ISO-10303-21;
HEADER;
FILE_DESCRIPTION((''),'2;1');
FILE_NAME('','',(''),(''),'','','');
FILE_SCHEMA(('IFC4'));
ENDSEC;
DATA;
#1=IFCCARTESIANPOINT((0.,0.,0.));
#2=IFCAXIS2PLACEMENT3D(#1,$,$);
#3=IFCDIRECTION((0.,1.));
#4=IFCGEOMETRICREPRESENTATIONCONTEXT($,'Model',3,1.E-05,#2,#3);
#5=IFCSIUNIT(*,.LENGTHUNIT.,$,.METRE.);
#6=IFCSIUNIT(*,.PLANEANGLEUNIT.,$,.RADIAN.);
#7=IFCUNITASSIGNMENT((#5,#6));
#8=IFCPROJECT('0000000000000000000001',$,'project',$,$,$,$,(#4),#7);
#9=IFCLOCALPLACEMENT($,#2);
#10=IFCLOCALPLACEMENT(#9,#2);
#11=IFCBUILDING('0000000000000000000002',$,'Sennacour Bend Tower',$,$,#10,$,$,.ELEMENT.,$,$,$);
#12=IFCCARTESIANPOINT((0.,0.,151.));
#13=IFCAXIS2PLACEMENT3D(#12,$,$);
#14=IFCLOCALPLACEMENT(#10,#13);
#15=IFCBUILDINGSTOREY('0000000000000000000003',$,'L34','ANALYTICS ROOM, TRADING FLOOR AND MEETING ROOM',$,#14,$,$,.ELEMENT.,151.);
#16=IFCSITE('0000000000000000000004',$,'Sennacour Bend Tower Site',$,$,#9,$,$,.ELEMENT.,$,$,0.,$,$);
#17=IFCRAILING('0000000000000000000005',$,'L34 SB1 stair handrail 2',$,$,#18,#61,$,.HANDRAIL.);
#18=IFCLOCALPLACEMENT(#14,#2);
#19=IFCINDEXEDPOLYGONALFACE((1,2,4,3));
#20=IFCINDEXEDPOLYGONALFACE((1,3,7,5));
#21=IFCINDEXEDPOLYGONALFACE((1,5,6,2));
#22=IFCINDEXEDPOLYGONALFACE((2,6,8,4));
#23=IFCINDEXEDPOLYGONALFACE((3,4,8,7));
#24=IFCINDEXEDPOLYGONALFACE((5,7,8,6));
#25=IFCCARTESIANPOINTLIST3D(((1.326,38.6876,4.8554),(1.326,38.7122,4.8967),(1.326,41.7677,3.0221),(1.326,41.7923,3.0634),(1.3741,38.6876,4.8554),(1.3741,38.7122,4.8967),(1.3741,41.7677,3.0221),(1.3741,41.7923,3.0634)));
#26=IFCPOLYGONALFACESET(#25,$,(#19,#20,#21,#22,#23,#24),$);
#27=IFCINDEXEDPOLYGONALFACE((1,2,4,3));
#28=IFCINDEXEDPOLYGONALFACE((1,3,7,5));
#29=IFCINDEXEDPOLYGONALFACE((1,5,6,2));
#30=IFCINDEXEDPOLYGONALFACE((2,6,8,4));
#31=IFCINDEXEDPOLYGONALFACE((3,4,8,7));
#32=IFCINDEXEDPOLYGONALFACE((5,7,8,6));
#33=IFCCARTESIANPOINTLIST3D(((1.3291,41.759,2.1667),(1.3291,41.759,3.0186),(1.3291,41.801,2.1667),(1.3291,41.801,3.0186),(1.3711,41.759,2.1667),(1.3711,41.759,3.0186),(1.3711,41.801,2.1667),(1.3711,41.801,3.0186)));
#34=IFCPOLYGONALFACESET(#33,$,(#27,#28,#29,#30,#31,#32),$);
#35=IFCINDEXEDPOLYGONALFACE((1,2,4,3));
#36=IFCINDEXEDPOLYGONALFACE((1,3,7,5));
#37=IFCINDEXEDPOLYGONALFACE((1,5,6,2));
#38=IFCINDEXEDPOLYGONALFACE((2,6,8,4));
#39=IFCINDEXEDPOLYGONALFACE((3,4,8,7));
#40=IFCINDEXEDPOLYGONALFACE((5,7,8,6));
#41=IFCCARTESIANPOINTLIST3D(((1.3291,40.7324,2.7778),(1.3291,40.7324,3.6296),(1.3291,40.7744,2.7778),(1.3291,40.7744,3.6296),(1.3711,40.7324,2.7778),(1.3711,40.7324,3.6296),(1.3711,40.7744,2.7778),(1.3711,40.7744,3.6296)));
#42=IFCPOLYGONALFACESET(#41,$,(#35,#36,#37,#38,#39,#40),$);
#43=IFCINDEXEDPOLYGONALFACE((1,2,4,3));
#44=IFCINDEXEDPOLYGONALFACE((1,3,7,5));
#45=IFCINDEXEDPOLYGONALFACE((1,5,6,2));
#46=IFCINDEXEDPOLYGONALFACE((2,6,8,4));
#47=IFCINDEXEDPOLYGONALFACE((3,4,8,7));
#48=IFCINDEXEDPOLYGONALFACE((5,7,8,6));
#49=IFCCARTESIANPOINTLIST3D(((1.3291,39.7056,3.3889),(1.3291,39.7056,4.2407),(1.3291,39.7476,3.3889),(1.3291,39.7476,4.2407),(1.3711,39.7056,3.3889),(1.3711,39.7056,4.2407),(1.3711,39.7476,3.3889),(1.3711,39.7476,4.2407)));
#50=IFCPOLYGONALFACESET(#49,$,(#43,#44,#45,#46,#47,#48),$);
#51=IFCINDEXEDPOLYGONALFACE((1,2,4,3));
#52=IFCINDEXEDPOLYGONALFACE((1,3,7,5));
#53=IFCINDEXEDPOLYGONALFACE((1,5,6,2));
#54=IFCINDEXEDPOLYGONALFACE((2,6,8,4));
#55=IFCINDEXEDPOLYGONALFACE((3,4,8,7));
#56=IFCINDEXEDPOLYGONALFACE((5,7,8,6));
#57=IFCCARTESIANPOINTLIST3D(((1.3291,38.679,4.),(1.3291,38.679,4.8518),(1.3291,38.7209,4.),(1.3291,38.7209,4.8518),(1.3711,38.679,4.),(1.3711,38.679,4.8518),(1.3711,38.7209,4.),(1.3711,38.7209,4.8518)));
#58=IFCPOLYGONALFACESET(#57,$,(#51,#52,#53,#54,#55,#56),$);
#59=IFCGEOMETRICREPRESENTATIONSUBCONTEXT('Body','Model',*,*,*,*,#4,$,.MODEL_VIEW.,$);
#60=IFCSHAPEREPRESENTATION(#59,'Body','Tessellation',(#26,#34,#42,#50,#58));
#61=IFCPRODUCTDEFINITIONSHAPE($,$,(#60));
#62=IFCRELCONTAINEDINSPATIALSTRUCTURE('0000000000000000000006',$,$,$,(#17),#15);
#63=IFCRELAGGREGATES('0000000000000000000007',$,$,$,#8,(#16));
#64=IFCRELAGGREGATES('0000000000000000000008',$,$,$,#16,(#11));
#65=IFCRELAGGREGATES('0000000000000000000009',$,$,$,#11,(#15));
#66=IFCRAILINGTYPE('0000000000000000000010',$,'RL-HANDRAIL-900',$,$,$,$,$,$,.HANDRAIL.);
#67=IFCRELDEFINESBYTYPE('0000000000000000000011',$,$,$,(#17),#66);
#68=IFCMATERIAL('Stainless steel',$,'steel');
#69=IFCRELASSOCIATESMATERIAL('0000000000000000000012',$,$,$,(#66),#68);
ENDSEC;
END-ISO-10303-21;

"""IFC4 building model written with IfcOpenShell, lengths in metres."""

from ifc_helpers import new_model, si_unit, direction, frame, origin, origin_2d, place, context, subcontext, project, spatial, rectangle, extrude, material, type_object, element, save


model = new_model("IFC4")

# Units and contexts
model_context = context("Model", 3, precision=1e-05, world=origin(), true_north=direction((0.0, 1.0)))
body_context = subcontext(model_context, "Body", "Model", "MODEL_VIEW")
ifc_project = project(units=[si_unit("LENGTHUNIT", "METRE"), si_unit("PLANEANGLEUNIT", "RADIAN")], contexts=[model_context])

# Site, building, storey
site_placement = place(None, origin())
site = spatial("IfcSite", under=ifc_project, at=site_placement, Name="Sennacour Bend Tower Site", CompositionType="ELEMENT", RefElevation=0.0)
building_placement = place(site_placement, origin())
building = spatial("IfcBuilding", under=site, at=building_placement, Name="Sennacour Bend Tower", CompositionType="ELEMENT")
storey_placement = place(building_placement, frame((0.0, 0.0, 151.0)))
storey = spatial("IfcBuildingStorey", under=building, at=storey_placement, Name="L34", Description="ANALYTICS ROOM, TRADING FLOOR AND MEETING ROOM", CompositionType="ELEMENT", Elevation=151.0)

# Shared definitions
ifc_material_1 = material(Name="Stainless steel", Category="steel")

# Railing
railing_type_1 = type_object("IfcRailingType", Name="RL-HANDRAIL-900", PredefinedType="HANDRAIL", material=ifc_material_1)
railing_1_placement = place(storey_placement, frame((1.3501, 41.78, 2.1667)))
element("IfcRailing", 1, at=railing_1_placement, inside=storey, type_object=railing_type_1, Name="L34 SB1 stair handrail 2", PredefinedType="HANDRAIL", context=body_context, shape_type="SweptSolid", body=[
    extrude(rectangle(XDim=0.0481, YDim=0.0481, at=origin_2d()), frame((0.0, 0.0, 0.876), z_axis=(0.0, -0.859309, 0.511458), x_axis=(1.0, 0.0, 0.0)), (0.0, 0.0, 1.0), 3.5845),
    extrude(rectangle(XDim=0.042, YDim=0.042, at=origin_2d()), origin(), (0.0, 0.0, 1.0), 0.8518),
    extrude(rectangle(XDim=0.042, YDim=0.042, at=origin_2d()), frame((0.0, -1.0266, 0.6111)), (0.0, 0.0, 1.0), 0.8518),
    extrude(rectangle(XDim=0.042, YDim=0.042, at=origin_2d()), frame((0.0, -2.0535, 1.2222)), (0.0, 0.0, 1.0), 0.8518),
    extrude(rectangle(XDim=0.042, YDim=0.042, at=origin_2d()), frame((0.0, -3.0801, 1.8333)), (0.0, 0.0, 1.0), 0.8518),
])

save(model, "model.ifc")
